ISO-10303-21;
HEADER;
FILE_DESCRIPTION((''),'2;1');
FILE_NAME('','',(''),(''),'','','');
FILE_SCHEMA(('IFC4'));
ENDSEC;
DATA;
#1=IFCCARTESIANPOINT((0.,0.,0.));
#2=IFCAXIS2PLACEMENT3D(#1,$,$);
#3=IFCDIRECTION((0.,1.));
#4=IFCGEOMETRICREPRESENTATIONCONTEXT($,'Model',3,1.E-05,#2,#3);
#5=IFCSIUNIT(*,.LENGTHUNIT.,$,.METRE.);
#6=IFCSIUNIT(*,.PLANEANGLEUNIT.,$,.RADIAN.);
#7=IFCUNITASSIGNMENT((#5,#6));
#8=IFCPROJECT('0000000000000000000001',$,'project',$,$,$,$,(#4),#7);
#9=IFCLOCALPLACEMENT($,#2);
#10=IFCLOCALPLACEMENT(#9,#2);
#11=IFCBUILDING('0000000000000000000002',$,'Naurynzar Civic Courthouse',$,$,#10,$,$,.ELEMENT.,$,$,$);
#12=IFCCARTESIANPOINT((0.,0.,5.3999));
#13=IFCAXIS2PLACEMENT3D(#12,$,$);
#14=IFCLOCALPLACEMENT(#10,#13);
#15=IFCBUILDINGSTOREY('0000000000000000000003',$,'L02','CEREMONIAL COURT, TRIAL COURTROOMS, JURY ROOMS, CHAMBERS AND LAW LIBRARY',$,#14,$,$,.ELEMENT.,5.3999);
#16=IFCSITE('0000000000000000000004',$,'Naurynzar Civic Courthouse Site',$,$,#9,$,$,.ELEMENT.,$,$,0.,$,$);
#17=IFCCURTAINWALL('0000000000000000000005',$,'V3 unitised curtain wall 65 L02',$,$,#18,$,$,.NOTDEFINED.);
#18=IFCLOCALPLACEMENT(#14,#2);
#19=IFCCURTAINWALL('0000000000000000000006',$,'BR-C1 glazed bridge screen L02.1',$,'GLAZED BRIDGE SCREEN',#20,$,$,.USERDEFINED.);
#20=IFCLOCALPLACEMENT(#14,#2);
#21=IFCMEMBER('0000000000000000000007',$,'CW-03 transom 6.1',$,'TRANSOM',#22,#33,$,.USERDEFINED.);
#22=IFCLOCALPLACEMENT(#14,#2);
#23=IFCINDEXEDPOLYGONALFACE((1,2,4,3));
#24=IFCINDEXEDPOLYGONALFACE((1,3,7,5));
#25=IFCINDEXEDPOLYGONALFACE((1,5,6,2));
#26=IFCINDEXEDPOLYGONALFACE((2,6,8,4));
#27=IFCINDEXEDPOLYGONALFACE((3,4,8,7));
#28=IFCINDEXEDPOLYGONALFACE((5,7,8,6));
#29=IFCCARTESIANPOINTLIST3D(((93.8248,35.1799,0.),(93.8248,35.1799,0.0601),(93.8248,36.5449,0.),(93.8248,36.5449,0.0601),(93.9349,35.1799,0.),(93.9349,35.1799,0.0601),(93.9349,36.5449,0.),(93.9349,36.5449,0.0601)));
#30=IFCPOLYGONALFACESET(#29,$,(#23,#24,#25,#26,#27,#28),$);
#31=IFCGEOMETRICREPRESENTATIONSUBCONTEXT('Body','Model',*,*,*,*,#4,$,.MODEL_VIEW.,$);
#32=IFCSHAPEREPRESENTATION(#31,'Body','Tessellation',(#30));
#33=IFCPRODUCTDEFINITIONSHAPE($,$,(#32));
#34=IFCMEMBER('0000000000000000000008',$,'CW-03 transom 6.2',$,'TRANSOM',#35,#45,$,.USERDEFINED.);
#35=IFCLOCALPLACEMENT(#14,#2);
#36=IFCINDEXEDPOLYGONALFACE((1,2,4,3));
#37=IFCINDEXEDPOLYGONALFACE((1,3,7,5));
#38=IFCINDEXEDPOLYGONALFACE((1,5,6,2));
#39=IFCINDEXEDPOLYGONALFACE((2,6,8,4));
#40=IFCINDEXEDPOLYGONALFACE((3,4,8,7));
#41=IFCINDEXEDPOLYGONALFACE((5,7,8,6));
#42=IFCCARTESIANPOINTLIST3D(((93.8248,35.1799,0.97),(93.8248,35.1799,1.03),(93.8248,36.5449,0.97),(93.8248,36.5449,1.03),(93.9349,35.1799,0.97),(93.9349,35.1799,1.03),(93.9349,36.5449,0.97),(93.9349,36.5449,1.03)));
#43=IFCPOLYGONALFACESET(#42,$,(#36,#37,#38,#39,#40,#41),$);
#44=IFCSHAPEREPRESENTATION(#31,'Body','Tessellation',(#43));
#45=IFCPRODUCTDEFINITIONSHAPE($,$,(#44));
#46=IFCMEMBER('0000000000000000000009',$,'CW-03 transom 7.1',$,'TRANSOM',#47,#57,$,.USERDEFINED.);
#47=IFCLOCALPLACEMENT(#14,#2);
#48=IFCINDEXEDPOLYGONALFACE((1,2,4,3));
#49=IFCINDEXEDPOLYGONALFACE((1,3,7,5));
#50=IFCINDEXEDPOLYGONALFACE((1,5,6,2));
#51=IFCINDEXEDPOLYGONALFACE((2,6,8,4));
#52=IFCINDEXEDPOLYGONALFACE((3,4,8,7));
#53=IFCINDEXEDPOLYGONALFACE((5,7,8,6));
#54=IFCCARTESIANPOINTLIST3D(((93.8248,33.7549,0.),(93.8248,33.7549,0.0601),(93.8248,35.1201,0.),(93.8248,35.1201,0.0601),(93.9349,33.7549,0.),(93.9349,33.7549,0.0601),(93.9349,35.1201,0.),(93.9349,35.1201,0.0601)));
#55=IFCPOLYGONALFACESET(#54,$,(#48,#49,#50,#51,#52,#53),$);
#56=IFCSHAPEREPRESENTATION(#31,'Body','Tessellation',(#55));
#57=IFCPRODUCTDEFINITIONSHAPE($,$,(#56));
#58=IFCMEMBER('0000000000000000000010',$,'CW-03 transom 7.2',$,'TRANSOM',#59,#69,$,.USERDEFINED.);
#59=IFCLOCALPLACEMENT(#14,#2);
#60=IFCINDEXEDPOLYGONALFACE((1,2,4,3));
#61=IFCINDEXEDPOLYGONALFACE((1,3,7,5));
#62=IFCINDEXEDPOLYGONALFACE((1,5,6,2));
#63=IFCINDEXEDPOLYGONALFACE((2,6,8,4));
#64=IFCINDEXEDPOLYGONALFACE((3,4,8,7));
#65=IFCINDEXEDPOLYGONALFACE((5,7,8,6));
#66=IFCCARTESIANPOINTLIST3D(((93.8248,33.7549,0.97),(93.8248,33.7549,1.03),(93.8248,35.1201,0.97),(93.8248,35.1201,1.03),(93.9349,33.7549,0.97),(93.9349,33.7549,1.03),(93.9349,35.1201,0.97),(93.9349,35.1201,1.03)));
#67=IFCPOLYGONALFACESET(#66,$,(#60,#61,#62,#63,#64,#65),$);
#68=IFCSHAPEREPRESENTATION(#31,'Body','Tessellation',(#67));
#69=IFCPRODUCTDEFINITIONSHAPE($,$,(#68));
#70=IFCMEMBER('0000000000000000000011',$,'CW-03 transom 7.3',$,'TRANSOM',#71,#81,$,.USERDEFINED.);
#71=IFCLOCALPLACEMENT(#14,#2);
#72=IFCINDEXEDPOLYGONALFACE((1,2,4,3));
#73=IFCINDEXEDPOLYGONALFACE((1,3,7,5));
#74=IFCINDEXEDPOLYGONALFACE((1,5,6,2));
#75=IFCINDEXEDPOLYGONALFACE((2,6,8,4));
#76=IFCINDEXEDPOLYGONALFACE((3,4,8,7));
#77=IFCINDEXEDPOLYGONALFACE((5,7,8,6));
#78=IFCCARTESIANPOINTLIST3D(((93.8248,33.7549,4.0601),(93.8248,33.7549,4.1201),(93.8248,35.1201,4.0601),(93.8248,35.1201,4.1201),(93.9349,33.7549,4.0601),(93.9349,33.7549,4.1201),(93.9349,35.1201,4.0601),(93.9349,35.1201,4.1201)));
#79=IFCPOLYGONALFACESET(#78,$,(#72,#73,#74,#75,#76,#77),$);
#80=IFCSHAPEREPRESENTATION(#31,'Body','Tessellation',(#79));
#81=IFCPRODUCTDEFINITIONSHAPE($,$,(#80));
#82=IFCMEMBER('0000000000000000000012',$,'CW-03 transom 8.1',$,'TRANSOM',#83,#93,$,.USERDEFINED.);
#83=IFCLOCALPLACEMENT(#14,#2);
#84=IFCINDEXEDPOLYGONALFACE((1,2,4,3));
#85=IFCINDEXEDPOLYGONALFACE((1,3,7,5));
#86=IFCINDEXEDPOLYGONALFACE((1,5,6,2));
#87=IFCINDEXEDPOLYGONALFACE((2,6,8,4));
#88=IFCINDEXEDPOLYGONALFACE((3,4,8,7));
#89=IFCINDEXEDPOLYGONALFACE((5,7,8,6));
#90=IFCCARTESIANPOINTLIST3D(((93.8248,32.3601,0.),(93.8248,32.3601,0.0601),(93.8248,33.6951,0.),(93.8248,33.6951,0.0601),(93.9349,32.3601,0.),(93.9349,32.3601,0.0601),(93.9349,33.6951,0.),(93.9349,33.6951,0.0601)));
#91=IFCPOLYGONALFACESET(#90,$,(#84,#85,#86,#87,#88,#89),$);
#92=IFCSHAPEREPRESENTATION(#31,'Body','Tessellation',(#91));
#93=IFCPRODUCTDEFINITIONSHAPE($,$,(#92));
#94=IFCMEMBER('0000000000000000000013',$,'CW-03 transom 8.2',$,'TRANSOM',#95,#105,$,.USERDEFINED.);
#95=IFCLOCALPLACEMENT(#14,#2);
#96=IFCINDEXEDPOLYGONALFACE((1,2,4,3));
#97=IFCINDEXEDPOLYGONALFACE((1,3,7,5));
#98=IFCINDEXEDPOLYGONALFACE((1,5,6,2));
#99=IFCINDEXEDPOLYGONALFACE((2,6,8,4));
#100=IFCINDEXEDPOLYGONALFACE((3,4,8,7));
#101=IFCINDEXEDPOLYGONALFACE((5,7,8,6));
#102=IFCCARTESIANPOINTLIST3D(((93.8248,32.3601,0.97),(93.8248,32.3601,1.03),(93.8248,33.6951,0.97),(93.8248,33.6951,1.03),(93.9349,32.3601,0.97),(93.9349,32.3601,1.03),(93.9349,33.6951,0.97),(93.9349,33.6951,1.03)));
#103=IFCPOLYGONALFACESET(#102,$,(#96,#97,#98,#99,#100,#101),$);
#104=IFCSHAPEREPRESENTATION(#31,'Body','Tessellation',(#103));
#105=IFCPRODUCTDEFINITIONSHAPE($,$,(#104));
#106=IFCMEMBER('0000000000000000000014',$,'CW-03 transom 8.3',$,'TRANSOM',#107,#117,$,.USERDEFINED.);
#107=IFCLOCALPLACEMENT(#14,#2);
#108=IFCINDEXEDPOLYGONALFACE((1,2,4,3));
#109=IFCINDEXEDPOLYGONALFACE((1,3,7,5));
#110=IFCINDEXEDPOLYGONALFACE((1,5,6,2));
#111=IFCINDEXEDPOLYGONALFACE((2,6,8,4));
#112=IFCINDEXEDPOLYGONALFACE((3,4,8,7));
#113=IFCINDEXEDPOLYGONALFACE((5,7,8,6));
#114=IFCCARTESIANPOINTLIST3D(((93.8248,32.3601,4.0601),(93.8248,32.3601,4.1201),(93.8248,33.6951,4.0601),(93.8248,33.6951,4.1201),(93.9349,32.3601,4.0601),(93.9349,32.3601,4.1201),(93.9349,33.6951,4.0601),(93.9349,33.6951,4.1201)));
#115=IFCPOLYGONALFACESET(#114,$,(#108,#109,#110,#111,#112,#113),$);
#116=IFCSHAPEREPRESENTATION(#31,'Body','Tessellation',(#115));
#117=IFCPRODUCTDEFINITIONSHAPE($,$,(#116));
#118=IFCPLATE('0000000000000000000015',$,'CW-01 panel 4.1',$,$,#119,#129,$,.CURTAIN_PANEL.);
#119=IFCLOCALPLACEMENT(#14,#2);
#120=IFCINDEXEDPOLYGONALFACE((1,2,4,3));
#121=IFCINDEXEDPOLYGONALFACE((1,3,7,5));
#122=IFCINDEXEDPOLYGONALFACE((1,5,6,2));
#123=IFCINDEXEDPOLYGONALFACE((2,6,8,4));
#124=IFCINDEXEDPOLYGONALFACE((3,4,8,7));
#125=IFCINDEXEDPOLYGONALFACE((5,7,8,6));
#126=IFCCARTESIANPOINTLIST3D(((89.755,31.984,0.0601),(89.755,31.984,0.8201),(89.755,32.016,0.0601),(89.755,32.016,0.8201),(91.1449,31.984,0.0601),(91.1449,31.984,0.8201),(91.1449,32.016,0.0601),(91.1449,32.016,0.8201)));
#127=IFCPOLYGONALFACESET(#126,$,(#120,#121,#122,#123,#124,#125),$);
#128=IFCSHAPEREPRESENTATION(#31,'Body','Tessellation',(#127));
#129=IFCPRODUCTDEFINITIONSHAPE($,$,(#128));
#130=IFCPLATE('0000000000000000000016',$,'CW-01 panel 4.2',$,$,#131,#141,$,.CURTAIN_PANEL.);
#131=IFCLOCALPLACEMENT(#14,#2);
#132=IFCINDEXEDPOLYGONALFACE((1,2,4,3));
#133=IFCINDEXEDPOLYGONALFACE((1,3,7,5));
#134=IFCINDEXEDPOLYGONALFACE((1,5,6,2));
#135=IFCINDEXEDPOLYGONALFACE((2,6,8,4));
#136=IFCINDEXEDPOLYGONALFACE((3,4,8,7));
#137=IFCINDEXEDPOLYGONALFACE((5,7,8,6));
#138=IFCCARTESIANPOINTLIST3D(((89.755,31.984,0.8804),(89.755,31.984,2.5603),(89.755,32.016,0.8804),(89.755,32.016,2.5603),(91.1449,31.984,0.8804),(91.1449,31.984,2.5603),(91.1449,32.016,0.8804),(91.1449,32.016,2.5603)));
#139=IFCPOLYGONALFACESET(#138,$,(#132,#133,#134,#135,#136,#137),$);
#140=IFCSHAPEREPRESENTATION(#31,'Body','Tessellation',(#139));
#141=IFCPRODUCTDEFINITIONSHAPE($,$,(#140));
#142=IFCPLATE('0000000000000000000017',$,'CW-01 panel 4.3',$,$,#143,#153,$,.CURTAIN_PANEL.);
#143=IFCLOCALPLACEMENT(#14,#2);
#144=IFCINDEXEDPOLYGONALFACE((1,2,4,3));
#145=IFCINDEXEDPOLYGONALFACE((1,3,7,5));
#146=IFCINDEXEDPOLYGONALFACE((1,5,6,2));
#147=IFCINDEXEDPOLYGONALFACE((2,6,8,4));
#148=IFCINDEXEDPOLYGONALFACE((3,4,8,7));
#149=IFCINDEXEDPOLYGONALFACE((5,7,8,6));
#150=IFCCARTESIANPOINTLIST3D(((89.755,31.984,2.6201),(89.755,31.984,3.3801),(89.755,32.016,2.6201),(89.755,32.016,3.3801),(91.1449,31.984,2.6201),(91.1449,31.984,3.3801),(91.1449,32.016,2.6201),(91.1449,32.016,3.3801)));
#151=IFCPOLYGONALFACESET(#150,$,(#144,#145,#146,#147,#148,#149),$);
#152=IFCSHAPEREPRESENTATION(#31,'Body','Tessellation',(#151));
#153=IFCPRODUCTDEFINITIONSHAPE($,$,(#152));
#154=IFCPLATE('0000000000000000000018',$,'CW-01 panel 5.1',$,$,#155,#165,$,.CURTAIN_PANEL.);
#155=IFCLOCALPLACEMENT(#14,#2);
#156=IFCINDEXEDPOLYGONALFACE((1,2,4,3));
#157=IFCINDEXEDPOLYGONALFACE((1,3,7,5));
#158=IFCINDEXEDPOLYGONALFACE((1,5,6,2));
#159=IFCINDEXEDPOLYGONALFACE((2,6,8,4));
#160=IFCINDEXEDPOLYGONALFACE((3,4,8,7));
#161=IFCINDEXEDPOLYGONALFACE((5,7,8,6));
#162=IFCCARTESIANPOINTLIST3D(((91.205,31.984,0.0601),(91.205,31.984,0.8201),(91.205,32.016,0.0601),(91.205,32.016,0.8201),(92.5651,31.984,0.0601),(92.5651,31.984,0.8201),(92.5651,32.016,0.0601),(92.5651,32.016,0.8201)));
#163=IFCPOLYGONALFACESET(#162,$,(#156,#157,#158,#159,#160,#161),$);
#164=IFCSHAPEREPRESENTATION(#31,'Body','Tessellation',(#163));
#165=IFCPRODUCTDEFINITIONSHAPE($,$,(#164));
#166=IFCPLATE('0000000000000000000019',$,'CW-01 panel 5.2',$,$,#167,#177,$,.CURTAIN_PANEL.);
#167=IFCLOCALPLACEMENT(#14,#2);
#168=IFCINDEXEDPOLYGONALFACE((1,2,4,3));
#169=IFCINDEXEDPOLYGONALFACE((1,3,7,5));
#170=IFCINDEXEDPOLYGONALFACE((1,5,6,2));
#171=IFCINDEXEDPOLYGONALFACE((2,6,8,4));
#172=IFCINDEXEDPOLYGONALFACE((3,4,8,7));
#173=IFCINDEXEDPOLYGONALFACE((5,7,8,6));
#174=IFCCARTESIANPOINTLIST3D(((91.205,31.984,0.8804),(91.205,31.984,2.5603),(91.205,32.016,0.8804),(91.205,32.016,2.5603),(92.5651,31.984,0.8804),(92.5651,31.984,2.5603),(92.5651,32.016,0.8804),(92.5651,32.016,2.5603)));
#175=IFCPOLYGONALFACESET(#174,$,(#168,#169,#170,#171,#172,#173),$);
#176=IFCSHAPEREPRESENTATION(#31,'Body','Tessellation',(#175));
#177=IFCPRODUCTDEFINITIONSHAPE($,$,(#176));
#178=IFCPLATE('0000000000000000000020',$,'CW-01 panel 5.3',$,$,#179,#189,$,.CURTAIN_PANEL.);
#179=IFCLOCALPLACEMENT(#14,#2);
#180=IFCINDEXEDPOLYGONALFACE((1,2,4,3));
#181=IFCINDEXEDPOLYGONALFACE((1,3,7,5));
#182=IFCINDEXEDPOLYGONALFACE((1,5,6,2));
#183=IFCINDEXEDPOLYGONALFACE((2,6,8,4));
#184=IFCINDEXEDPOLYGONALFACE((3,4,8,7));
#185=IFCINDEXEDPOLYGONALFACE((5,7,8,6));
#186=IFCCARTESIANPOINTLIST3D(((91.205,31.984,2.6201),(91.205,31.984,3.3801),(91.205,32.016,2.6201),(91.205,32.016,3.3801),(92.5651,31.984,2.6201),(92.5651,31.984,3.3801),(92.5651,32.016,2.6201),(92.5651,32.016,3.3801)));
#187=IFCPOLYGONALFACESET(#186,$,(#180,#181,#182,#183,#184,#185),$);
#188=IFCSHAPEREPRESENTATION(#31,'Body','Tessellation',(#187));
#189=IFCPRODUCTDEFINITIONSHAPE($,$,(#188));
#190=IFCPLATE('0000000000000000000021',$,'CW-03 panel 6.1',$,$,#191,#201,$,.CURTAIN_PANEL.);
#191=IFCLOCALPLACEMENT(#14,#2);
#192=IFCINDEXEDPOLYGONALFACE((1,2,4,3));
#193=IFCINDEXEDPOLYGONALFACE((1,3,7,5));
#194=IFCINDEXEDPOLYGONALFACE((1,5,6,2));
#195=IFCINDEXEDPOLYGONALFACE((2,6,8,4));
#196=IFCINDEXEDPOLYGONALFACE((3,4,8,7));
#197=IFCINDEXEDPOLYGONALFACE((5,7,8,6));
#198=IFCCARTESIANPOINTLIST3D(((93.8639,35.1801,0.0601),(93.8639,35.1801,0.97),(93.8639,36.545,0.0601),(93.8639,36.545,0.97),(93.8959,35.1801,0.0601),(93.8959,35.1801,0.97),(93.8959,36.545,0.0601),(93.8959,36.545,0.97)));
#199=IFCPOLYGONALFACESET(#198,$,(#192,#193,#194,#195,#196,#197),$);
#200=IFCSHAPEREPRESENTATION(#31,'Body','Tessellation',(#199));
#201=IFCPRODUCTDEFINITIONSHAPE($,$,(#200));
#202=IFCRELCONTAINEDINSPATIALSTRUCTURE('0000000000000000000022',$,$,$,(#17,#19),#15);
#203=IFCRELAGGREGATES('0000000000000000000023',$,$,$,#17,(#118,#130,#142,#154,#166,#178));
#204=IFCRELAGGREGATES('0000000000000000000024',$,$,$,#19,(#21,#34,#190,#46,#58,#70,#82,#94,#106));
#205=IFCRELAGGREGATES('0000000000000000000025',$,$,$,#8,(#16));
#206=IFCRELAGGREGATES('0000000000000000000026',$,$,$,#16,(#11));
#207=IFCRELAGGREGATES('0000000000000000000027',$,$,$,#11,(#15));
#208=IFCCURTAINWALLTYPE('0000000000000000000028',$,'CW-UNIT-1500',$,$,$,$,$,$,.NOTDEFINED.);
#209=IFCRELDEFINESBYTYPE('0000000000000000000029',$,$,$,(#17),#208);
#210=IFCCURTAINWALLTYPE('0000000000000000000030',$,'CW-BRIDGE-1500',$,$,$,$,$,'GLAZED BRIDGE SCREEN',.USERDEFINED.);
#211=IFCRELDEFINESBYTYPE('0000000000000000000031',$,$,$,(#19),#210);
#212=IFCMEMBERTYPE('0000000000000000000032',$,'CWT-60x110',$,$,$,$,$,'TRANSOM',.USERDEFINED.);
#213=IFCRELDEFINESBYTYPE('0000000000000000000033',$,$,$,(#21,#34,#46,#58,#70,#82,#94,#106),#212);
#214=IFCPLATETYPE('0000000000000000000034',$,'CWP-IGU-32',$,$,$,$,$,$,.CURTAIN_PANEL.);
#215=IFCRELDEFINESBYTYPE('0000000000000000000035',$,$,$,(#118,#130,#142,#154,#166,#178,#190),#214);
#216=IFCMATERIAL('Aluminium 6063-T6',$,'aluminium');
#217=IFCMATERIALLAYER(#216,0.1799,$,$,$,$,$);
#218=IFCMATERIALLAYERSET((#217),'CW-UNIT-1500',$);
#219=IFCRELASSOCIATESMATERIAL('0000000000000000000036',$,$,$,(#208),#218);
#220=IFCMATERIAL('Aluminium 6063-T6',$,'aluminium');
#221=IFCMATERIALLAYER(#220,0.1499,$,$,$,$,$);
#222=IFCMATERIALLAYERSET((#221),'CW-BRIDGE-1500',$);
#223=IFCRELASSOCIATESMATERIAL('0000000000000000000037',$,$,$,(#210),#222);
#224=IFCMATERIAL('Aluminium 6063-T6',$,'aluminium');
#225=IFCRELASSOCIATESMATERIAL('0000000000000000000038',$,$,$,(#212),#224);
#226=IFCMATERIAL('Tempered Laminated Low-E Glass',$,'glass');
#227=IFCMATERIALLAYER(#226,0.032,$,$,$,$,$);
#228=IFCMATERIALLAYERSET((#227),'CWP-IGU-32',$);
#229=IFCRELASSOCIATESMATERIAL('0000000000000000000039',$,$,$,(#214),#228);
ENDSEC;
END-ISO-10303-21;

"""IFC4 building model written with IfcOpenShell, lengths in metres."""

from ifc_helpers import new_model, si_unit, direction, frame, origin, origin_2d, place, context, subcontext, project, spatial, rectangle, extrude, material, layer, layer_set, material_profile, profile_set, type_object, element, aggregate, save


model = new_model("IFC4")

# Units and contexts
model_context = context("Model", 3, precision=1e-05, world=origin(), true_north=direction((0.0, 1.0)))
body_context = subcontext(model_context, "Body", "Model", "MODEL_VIEW")
ifc_project = project(units=[si_unit("LENGTHUNIT", "METRE"), si_unit("PLANEANGLEUNIT", "RADIAN")], contexts=[model_context])

# Site, building, storey
site_placement = place(None, origin())
site = spatial("IfcSite", under=ifc_project, at=site_placement, Name="Naurynzar Civic Courthouse Site", CompositionType="ELEMENT", RefElevation=0.0)
building_placement = place(site_placement, origin())
building = spatial("IfcBuilding", under=site, at=building_placement, Name="Naurynzar Civic Courthouse", CompositionType="ELEMENT")
storey_placement = place(building_placement, frame((0.0, 0.0, 5.3999)))
storey = spatial("IfcBuildingStorey", under=building, at=storey_placement, Name="L02", Description="CEREMONIAL COURT, TRIAL COURTROOMS, JURY ROOMS, CHAMBERS AND LAW LIBRARY", CompositionType="ELEMENT", Elevation=5.3999)

# Curtain walls
ifc_material_1 = material(Name="Aluminium 6063-T6", Category="aluminium")
ifc_layer_1 = layer(ifc_material_1, 0.1799)
ifc_layer_set_1 = layer_set([ifc_layer_1], Name="CW-UNIT-1500")
curtain_wall_type_1 = type_object("IfcCurtainWallType", Name="CW-UNIT-1500", PredefinedType="NOTDEFINED", material=ifc_layer_set_1)
curtain_wall_1_placement = place(storey_placement, origin())
curtain_wall_1 = element("IfcCurtainWall", 1, at=curtain_wall_1_placement, inside=storey, type_object=curtain_wall_type_1, Name="V3 unitised curtain wall 65 L02", PredefinedType="NOTDEFINED")
ifc_material_2 = material(Name="Aluminium 6063-T6", Category="aluminium")
ifc_layer_2 = layer(ifc_material_2, 0.1499)
ifc_layer_set_2 = layer_set([ifc_layer_2], Name="CW-BRIDGE-1500")
curtain_wall_type_2 = type_object("IfcCurtainWallType", Name="CW-BRIDGE-1500", ElementType="GLAZED BRIDGE SCREEN", PredefinedType="USERDEFINED", material=ifc_layer_set_2)
curtain_wall_2_placement = place(storey_placement, origin())
curtain_wall_2 = element("IfcCurtainWall", 2, at=curtain_wall_2_placement, inside=storey, type_object=curtain_wall_type_2, Name="BR-C1 glazed bridge screen L02.1", ObjectType="GLAZED BRIDGE SCREEN", PredefinedType="USERDEFINED")

# Members
ifc_material_3 = material(Name="Aluminium 6063-T6", Category="aluminium")
ifc_material_profile_1 = material_profile(ifc_material_3, rectangle(XDim=0.1101, YDim=0.0601, at=origin_2d()), Name="ALU TRANSOM 60x110")
ifc_profile_set_1 = profile_set([ifc_material_profile_1], Name="Aluminium 6063-T6")
member_type_1 = type_object("IfcMemberType", Name="CWT-60x110", ElementType="TRANSOM", PredefinedType="USERDEFINED", material=ifc_profile_set_1)
member_1_placement = place(storey_placement, frame((93.8799, 36.5449, 0.03), z_axis=(0.0, -1.0, 0.0), x_axis=(1.0, 0.0, 0.0)))
member_1 = element("IfcMember", 3, at=member_1_placement, type_object=member_type_1, Name="CW-03 transom 6.1", ObjectType="TRANSOM", PredefinedType="USERDEFINED", context=body_context, shape_type="SweptSolid", body=[
    extrude(rectangle(XDim=0.1101, YDim=0.0601, at=origin_2d()), origin(), (0.0, 0.0, 1.0), 1.365),
])
member_2_placement = place(storey_placement, frame((93.8799, 36.5449, 1.0), z_axis=(0.0, -1.0, 0.0), x_axis=(1.0, 0.0, 0.0)))
member_2 = element("IfcMember", 4, at=member_2_placement, type_object=member_type_1, Name="CW-03 transom 6.2", ObjectType="TRANSOM", PredefinedType="USERDEFINED", context=body_context, shape_type="SweptSolid", body=[
    extrude(rectangle(XDim=0.1101, YDim=0.0601, at=origin_2d()), origin(), (0.0, 0.0, 1.0), 1.365),
])
member_3_placement = place(storey_placement, frame((93.8799, 35.1201, 0.03), z_axis=(0.0, -1.0, 0.0), x_axis=(1.0, 0.0, 0.0)))
member_3 = element("IfcMember", 5, at=member_3_placement, type_object=member_type_1, Name="CW-03 transom 7.1", ObjectType="TRANSOM", PredefinedType="USERDEFINED", context=body_context, shape_type="SweptSolid", body=[
    extrude(rectangle(XDim=0.1101, YDim=0.0601, at=origin_2d()), origin(), (0.0, 0.0, 1.0), 1.3652),
])
member_4_placement = place(storey_placement, frame((93.8799, 35.1201, 1.0), z_axis=(0.0, -1.0, 0.0), x_axis=(1.0, 0.0, 0.0)))
member_4 = element("IfcMember", 6, at=member_4_placement, type_object=member_type_1, Name="CW-03 transom 7.2", ObjectType="TRANSOM", PredefinedType="USERDEFINED", context=body_context, shape_type="SweptSolid", body=[
    extrude(rectangle(XDim=0.1101, YDim=0.0601, at=origin_2d()), origin(), (0.0, 0.0, 1.0), 1.3652),
])
member_5_placement = place(storey_placement, frame((93.8799, 35.1201, 4.0901), z_axis=(0.0, -1.0, 0.0), x_axis=(1.0, 0.0, 0.0)))
member_5 = element("IfcMember", 7, at=member_5_placement, type_object=member_type_1, Name="CW-03 transom 7.3", ObjectType="TRANSOM", PredefinedType="USERDEFINED", context=body_context, shape_type="SweptSolid", body=[
    extrude(rectangle(XDim=0.1101, YDim=0.0601, at=origin_2d()), origin(), (0.0, 0.0, 1.0), 1.3652),
])
member_6_placement = place(storey_placement, frame((93.8799, 33.6951, 0.03), z_axis=(0.0, -1.0, 0.0), x_axis=(1.0, 0.0, 0.0)))
member_6 = element("IfcMember", 8, at=member_6_placement, type_object=member_type_1, Name="CW-03 transom 8.1", ObjectType="TRANSOM", PredefinedType="USERDEFINED", context=body_context, shape_type="SweptSolid", body=[
    extrude(rectangle(XDim=0.1101, YDim=0.0601, at=origin_2d()), origin(), (0.0, 0.0, 1.0), 1.335),
])
member_7_placement = place(storey_placement, frame((93.8799, 33.6951, 1.0), z_axis=(0.0, -1.0, 0.0), x_axis=(1.0, 0.0, 0.0)))
member_7 = element("IfcMember", 9, at=member_7_placement, type_object=member_type_1, Name="CW-03 transom 8.2", ObjectType="TRANSOM", PredefinedType="USERDEFINED", context=body_context, shape_type="SweptSolid", body=[
    extrude(rectangle(XDim=0.1101, YDim=0.0601, at=origin_2d()), origin(), (0.0, 0.0, 1.0), 1.335),
])
member_8_placement = place(storey_placement, frame((93.8799, 33.6951, 4.0901), z_axis=(0.0, -1.0, 0.0), x_axis=(1.0, 0.0, 0.0)))
member_8 = element("IfcMember", 10, at=member_8_placement, type_object=member_type_1, Name="CW-03 transom 8.3", ObjectType="TRANSOM", PredefinedType="USERDEFINED", context=body_context, shape_type="SweptSolid", body=[
    extrude(rectangle(XDim=0.1101, YDim=0.0601, at=origin_2d()), origin(), (0.0, 0.0, 1.0), 1.335),
])

# Plates
ifc_material_4 = material(Name="Tempered Laminated Low-E Glass", Category="glass")
ifc_layer_3 = layer(ifc_material_4, 0.032)
ifc_layer_set_3 = layer_set([ifc_layer_3], Name="CWP-IGU-32")
plate_type = type_object("IfcPlateType", Name="CWP-IGU-32", PredefinedType="CURTAIN_PANEL", material=ifc_layer_set_3)
plate_1_placement = place(storey_placement, frame((90.45, 32.0, 0.0601), z_axis=(0.0, 0.0, 1.0), x_axis=(1.0, 0.0, 0.0)))
plate_1 = element("IfcPlate", 11, at=plate_1_placement, type_object=plate_type, Name="CW-01 panel 4.1", PredefinedType="CURTAIN_PANEL", context=body_context, shape_type="SweptSolid", body=[
    extrude(rectangle(XDim=1.3899, YDim=0.032, at=origin_2d()), origin(), (0.0, 0.0, 1.0), 0.76),
])
plate_2_placement = place(storey_placement, frame((90.45, 32.0, 0.8804), z_axis=(0.0, 0.0, 1.0), x_axis=(1.0, 0.0, 0.0)))
plate_2 = element("IfcPlate", 12, at=plate_2_placement, type_object=plate_type, Name="CW-01 panel 4.2", PredefinedType="CURTAIN_PANEL", context=body_context, shape_type="SweptSolid", body=[
    extrude(rectangle(XDim=1.3899, YDim=0.032, at=origin_2d()), origin(), (0.0, 0.0, 1.0), 1.6799),
])
plate_3_placement = place(storey_placement, frame((90.45, 32.0, 2.6201), z_axis=(0.0, 0.0, 1.0), x_axis=(1.0, 0.0, 0.0)))
plate_3 = element("IfcPlate", 13, at=plate_3_placement, type_object=plate_type, Name="CW-01 panel 4.3", PredefinedType="CURTAIN_PANEL", context=body_context, shape_type="SweptSolid", body=[
    extrude(rectangle(XDim=1.3899, YDim=0.032, at=origin_2d()), origin(), (0.0, 0.0, 1.0), 0.76),
])
plate_4_placement = place(storey_placement, frame((91.885, 32.0, 0.0601), z_axis=(0.0, 0.0, 1.0), x_axis=(1.0, 0.0, 0.0)))
plate_4 = element("IfcPlate", 14, at=plate_4_placement, type_object=plate_type, Name="CW-01 panel 5.1", PredefinedType="CURTAIN_PANEL", context=body_context, shape_type="SweptSolid", body=[
    extrude(rectangle(XDim=1.3601, YDim=0.032, at=origin_2d()), origin(), (0.0, 0.0, 1.0), 0.76),
])
plate_5_placement = place(storey_placement, frame((91.885, 32.0, 0.8804), z_axis=(0.0, 0.0, 1.0), x_axis=(1.0, 0.0, 0.0)))
plate_5 = element("IfcPlate", 15, at=plate_5_placement, type_object=plate_type, Name="CW-01 panel 5.2", PredefinedType="CURTAIN_PANEL", context=body_context, shape_type="SweptSolid", body=[
    extrude(rectangle(XDim=1.3601, YDim=0.032, at=origin_2d()), origin(), (0.0, 0.0, 1.0), 1.6799),
])
plate_6_placement = place(storey_placement, frame((91.885, 32.0, 2.6201), z_axis=(0.0, 0.0, 1.0), x_axis=(1.0, 0.0, 0.0)))
plate_6 = element("IfcPlate", 16, at=plate_6_placement, type_object=plate_type, Name="CW-01 panel 5.3", PredefinedType="CURTAIN_PANEL", context=body_context, shape_type="SweptSolid", body=[
    extrude(rectangle(XDim=1.3601, YDim=0.032, at=origin_2d()), origin(), (0.0, 0.0, 1.0), 0.76),
])
aggregate(curtain_wall_1, [plate_1, plate_2, plate_3, plate_4, plate_5, plate_6])
plate_7_placement = place(storey_placement, frame((93.8799, 35.8625, 0.0601), z_axis=(0.0, 0.0, 1.0), x_axis=(0.0, -1.0, 0.0)))
plate_7 = element("IfcPlate", 17, at=plate_7_placement, type_object=plate_type, Name="CW-03 panel 6.1", PredefinedType="CURTAIN_PANEL", context=body_context, shape_type="SweptSolid", body=[
    extrude(rectangle(XDim=1.365, YDim=0.032, at=origin_2d()), origin(), (0.0, 0.0, 1.0), 0.9099),
])
aggregate(curtain_wall_2, [member_1, member_2, plate_7, member_3, member_4, member_5, member_6, member_7, member_8])

save(model, "model.ifc")
